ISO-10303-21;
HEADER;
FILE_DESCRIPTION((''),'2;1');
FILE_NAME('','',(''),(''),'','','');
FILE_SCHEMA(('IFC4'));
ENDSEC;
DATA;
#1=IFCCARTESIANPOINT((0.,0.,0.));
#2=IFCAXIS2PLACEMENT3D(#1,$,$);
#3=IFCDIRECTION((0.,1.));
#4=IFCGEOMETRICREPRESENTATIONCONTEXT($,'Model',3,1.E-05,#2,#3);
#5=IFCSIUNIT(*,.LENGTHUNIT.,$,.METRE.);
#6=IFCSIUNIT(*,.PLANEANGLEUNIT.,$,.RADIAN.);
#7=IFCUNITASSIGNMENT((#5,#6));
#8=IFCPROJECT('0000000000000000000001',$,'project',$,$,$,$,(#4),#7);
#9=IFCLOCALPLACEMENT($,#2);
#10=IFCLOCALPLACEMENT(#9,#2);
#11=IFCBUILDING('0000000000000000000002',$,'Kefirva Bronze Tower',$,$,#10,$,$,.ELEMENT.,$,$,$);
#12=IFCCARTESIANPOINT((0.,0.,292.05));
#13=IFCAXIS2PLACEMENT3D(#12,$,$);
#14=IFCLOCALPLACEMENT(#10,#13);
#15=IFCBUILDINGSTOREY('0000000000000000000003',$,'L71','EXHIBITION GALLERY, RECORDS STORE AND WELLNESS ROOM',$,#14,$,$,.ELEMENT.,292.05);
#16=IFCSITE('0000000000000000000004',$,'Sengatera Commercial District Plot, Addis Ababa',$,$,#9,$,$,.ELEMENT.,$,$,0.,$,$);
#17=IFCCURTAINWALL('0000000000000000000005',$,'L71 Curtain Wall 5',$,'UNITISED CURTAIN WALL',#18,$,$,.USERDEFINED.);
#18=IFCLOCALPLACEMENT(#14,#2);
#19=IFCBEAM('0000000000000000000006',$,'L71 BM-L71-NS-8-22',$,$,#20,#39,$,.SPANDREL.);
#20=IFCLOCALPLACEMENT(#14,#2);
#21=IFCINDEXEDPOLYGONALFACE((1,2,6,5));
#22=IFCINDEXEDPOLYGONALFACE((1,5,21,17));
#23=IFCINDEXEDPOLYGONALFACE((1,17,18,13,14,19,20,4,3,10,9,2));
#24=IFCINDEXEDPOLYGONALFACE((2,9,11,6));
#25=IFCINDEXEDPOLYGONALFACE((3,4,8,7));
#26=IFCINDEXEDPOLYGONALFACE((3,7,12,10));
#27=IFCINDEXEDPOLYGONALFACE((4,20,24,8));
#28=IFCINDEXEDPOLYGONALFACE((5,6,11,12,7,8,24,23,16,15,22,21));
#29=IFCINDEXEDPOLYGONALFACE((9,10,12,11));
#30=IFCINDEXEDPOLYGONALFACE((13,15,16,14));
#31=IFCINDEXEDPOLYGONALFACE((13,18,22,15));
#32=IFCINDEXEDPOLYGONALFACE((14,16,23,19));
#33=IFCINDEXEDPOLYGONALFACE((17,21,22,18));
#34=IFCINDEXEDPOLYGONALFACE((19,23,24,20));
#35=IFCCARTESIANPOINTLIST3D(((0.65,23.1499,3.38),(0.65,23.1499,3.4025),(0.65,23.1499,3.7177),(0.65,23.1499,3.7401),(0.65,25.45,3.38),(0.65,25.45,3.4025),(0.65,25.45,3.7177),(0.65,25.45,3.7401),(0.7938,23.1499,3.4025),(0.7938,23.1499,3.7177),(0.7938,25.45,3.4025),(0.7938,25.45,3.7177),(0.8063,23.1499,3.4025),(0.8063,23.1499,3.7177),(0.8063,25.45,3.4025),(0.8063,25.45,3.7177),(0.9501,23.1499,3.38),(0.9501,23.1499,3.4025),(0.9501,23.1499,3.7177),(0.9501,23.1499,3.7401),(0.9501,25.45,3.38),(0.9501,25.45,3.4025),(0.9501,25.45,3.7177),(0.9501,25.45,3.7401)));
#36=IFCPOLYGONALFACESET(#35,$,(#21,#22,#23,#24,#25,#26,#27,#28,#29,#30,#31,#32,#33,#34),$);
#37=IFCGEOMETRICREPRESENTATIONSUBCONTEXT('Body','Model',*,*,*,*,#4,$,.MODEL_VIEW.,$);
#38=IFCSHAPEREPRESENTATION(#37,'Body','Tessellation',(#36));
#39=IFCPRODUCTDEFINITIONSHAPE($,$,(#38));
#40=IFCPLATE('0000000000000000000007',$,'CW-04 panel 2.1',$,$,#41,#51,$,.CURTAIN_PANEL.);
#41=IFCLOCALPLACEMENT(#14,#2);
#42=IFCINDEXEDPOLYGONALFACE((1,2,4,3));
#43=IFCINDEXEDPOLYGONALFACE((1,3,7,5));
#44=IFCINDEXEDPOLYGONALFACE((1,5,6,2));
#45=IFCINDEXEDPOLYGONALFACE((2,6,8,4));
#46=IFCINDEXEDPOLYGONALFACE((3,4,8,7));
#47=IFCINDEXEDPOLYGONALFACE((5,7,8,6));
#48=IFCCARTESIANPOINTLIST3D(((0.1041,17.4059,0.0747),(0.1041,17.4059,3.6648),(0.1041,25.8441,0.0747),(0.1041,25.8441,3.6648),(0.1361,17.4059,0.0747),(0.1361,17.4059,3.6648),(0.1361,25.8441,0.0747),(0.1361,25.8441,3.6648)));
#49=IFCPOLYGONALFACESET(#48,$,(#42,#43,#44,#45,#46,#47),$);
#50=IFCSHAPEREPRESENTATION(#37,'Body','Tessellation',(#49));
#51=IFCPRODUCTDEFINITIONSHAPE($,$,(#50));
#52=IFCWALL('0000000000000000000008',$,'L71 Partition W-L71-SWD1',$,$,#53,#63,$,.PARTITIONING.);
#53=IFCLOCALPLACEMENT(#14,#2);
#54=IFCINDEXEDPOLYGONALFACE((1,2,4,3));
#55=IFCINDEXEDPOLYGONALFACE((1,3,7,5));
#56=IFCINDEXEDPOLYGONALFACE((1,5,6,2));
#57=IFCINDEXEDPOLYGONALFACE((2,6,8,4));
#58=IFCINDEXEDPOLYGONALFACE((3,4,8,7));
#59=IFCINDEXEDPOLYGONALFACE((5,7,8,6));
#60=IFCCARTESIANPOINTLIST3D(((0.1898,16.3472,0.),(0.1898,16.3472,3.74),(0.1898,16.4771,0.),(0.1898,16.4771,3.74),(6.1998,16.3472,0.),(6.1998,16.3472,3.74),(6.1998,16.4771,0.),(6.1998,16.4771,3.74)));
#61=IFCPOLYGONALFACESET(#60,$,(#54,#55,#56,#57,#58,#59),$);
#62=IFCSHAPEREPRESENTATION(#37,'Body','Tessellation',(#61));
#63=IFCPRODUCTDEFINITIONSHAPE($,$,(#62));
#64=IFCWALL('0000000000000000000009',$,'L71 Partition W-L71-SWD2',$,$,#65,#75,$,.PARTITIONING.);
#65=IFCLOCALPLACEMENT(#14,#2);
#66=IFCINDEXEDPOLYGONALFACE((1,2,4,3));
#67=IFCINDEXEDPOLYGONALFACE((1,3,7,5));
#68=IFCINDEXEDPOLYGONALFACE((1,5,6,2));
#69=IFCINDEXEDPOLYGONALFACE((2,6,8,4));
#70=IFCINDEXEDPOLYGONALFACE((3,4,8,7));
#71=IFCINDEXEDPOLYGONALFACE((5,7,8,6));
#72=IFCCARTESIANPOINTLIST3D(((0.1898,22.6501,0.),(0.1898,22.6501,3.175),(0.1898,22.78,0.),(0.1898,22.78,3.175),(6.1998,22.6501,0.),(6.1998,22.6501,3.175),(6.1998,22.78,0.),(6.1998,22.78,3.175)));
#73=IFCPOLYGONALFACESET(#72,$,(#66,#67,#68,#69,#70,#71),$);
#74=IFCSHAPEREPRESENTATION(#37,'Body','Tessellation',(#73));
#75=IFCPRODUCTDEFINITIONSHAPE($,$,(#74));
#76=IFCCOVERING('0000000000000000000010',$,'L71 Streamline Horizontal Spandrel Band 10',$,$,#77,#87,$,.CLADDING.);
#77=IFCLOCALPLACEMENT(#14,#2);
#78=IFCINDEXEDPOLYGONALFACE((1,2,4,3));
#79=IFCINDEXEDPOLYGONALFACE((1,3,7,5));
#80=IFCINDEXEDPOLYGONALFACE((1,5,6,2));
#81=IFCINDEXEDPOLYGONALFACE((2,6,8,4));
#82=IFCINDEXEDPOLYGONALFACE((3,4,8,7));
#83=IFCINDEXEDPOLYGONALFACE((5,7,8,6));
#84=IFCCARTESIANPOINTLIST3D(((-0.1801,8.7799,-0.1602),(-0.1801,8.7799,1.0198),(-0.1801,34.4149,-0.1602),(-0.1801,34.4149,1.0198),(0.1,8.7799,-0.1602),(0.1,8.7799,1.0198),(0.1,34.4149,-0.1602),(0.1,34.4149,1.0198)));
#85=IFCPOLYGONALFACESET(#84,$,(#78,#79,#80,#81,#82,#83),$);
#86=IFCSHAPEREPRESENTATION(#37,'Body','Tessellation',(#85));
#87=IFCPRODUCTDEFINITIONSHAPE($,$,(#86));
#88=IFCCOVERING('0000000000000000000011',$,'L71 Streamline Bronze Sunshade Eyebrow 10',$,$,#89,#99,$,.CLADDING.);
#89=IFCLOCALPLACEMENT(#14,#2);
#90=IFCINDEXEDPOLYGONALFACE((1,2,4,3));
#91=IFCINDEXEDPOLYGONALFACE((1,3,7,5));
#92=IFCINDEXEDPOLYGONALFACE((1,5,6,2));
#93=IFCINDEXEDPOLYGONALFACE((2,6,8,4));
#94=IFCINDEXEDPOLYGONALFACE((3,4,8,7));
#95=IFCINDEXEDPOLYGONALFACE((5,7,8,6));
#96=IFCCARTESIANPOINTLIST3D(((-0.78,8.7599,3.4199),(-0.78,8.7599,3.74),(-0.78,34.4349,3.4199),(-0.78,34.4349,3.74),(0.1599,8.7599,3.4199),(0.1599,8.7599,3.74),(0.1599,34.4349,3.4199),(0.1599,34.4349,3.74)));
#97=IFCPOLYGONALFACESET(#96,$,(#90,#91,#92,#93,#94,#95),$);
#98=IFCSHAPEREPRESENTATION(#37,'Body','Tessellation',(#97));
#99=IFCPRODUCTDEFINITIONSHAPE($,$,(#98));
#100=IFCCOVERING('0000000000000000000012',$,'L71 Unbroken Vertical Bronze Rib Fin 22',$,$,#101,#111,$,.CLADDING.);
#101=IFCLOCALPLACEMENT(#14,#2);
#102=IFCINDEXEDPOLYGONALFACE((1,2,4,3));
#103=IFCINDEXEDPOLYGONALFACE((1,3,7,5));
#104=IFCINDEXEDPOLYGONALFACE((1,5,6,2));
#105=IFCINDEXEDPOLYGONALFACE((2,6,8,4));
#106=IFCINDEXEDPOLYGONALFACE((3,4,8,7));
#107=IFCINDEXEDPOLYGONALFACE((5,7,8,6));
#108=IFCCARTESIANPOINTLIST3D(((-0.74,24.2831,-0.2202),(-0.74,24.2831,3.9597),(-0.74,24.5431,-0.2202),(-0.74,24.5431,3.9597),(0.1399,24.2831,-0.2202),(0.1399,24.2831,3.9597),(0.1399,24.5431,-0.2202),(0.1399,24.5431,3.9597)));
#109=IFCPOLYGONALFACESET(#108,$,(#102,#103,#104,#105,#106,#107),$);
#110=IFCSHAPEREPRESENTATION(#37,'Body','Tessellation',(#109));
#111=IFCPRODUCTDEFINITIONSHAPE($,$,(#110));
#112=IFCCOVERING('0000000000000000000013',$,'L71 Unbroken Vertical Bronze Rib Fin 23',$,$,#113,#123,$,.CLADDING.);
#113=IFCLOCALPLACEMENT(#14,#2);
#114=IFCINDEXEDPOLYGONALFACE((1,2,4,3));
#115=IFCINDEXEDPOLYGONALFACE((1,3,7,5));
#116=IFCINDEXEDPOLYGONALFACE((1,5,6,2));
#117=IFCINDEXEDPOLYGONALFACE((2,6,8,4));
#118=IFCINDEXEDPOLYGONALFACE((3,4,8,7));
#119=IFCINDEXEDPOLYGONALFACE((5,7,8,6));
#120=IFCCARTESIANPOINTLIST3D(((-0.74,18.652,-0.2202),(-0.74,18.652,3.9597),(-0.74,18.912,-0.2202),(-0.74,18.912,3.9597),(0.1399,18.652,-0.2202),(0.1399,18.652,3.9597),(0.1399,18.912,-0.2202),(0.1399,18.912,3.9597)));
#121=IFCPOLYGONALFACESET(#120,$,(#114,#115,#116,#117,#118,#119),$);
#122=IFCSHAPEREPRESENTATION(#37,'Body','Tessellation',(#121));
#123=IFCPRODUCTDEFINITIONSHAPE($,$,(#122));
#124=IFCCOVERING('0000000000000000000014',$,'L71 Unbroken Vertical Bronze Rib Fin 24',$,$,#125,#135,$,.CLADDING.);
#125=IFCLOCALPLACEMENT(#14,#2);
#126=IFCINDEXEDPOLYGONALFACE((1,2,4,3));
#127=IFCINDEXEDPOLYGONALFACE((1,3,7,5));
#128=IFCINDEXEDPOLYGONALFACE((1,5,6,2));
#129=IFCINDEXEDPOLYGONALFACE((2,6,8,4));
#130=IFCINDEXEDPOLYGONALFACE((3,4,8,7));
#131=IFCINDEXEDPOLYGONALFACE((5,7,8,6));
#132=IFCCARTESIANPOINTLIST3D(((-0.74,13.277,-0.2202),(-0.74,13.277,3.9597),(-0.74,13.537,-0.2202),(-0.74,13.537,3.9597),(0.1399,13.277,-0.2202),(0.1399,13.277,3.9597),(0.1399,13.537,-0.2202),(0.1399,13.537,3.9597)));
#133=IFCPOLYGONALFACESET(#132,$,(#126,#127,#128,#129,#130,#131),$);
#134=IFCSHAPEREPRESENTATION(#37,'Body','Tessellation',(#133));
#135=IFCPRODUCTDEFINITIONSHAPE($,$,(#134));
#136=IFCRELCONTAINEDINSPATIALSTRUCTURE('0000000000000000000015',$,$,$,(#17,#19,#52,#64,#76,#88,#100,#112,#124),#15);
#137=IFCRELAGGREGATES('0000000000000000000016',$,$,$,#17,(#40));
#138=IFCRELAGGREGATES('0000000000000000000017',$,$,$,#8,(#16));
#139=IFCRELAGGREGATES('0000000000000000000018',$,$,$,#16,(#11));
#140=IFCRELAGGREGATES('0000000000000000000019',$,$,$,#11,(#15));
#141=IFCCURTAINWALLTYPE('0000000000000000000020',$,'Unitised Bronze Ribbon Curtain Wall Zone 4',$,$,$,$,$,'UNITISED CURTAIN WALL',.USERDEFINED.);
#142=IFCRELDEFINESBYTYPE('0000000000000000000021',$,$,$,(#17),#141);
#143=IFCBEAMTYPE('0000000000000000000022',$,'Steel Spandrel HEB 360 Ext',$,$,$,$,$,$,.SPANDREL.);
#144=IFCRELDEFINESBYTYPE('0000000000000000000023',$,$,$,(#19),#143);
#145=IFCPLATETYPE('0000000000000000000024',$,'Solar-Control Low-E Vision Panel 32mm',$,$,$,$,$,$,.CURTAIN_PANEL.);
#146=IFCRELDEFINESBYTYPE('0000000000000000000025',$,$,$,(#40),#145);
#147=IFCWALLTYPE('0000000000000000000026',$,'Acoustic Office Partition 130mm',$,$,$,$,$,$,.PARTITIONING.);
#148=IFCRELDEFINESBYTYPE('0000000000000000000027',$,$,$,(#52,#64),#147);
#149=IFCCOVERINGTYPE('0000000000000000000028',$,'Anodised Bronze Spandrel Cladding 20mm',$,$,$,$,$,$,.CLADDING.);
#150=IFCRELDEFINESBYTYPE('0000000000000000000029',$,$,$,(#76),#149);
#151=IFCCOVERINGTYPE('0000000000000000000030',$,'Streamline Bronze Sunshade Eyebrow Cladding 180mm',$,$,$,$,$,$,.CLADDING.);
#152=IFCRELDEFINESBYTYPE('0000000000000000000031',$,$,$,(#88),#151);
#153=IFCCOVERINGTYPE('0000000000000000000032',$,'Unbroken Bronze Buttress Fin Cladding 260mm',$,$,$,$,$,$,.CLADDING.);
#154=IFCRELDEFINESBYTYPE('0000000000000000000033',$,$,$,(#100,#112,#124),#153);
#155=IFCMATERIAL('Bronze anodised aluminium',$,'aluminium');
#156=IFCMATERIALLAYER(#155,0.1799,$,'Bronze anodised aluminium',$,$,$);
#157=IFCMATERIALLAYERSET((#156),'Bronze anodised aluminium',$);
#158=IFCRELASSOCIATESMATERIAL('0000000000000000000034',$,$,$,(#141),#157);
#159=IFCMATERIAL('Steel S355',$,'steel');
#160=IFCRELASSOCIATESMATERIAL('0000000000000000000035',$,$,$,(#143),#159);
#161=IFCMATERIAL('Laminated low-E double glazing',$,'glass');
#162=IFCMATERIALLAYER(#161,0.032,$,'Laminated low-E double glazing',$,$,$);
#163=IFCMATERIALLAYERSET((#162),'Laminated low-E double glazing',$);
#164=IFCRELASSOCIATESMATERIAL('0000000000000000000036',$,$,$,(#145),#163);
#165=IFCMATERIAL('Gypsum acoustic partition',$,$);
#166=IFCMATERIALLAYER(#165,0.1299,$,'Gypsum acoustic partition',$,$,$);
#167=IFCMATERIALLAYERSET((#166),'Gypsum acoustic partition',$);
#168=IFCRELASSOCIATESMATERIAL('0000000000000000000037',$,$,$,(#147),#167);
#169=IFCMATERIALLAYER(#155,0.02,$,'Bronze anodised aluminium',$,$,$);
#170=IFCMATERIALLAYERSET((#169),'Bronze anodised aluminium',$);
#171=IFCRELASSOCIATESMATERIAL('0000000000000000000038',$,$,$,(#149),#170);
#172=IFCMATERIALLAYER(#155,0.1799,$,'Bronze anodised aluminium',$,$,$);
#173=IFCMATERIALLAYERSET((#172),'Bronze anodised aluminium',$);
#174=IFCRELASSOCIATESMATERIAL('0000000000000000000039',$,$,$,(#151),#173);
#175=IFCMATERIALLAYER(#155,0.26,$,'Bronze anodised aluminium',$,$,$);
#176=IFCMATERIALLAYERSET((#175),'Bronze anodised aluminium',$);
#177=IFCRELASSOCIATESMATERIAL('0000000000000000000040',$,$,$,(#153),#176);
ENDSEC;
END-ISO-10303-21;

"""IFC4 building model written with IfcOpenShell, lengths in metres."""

from ifc_helpers import new_model, si_unit, direction, frame, frame_2d, origin, origin_2d, place, context, subcontext, project, spatial, rectangle, i_section, extrude, material, layer, layer_set, material_profile, profile_set, type_object, element, aggregate, save


model = new_model("IFC4")

# Units and contexts
model_context = context("Model", 3, precision=1e-05, world=origin(), true_north=direction((0.0, 1.0)))
body_context = subcontext(model_context, "Body", "Model", "MODEL_VIEW")
ifc_project = project(units=[si_unit("LENGTHUNIT", "METRE"), si_unit("PLANEANGLEUNIT", "RADIAN")], contexts=[model_context])

# Site, building, storey
site_placement = place(None, origin())
site = spatial("IfcSite", under=ifc_project, at=site_placement, Name="Sengatera Commercial District Plot, Addis Ababa", CompositionType="ELEMENT", RefElevation=0.0)
building_placement = place(site_placement, origin())
building = spatial("IfcBuilding", under=site, at=building_placement, Name="Kefirva Bronze Tower", CompositionType="ELEMENT")
storey_placement = place(building_placement, frame((0.0, 0.0, 292.05)))
storey = spatial("IfcBuildingStorey", under=building, at=storey_placement, Name="L71", Description="EXHIBITION GALLERY, RECORDS STORE AND WELLNESS ROOM", CompositionType="ELEMENT", Elevation=292.05)

# Curtain wall
ifc_material_1 = material(Name="Bronze anodised aluminium", Category="aluminium")
ifc_layer_1 = layer(ifc_material_1, 0.1799, Name="Bronze anodised aluminium")
ifc_layer_set_1 = layer_set([ifc_layer_1], Name="Bronze anodised aluminium")
curtain_wall_type = type_object("IfcCurtainWallType", Name="Unitised Bronze Ribbon Curtain Wall Zone 4", ElementType="UNITISED CURTAIN WALL", PredefinedType="USERDEFINED", material=ifc_layer_set_1)
curtain_wall_placement = place(storey_placement, origin())
curtain_wall = element("IfcCurtainWall", 1, at=curtain_wall_placement, inside=storey, type_object=curtain_wall_type, Name="L71 Curtain Wall 5", ObjectType="UNITISED CURTAIN WALL", PredefinedType="USERDEFINED")

# Beam
ifc_material_2 = material(Name="Steel S355", Category="steel")
ifc_material_profile_1 = material_profile(ifc_material_2, i_section(OverallWidth=0.3, OverallDepth=0.3601, WebThickness=0.0125, FlangeThickness=0.0225, at=origin_2d()), Name="HEB 360")
ifc_profile_set_1 = profile_set([ifc_material_profile_1], Name="Steel S355")
beam_type_1 = type_object("IfcBeamType", Name="Steel Spandrel HEB 360 Ext", PredefinedType="SPANDREL", material=ifc_profile_set_1)
beam_1_placement = place(storey_placement, frame((0.8, 23.1499, 3.5601), z_axis=(0.0, 1.0, 0.0), x_axis=(-1.0, 0.0, 0.0)))
element("IfcBeam", 2, at=beam_1_placement, inside=storey, type_object=beam_type_1, Name="L71 BM-L71-NS-8-22", PredefinedType="SPANDREL", context=body_context, shape_type="SweptSolid", body=[
    extrude(i_section(OverallWidth=0.3, OverallDepth=0.3601, WebThickness=0.0125, FlangeThickness=0.0225, at=origin_2d()), origin(), (0.0, 0.0, 1.0), 2.3),
])

# Plate
ifc_material_3 = material(Name="Laminated low-E double glazing", Category="glass")
ifc_layer_2 = layer(ifc_material_3, 0.032, Name="Laminated low-E double glazing")
ifc_layer_set_2 = layer_set([ifc_layer_2], Name="Laminated low-E double glazing")
plate_type = type_object("IfcPlateType", Name="Solar-Control Low-E Vision Panel 32mm", PredefinedType="CURTAIN_PANEL", material=ifc_layer_set_2)
plate_placement = place(storey_placement, frame((0.1201, 21.625, 0.0747), z_axis=(0.0, 0.0, 1.0), x_axis=(0.0, -1.0, 0.0)))
plate = element("IfcPlate", 3, at=plate_placement, type_object=plate_type, Name="CW-04 panel 2.1", PredefinedType="CURTAIN_PANEL", context=body_context, shape_type="SweptSolid", body=[
    extrude(rectangle(XDim=8.4382, YDim=0.032, at=origin_2d()), origin(), (0.0, 0.0, 1.0), 3.5901),
])
aggregate(curtain_wall, [plate])

# Walls
ifc_material_4 = material(Name="Gypsum acoustic partition")
ifc_layer_3 = layer(ifc_material_4, 0.1299, Name="Gypsum acoustic partition")
ifc_layer_set_3 = layer_set([ifc_layer_3], Name="Gypsum acoustic partition")
wall_type = type_object("IfcWallType", Name="Acoustic Office Partition 130mm", PredefinedType="PARTITIONING", material=ifc_layer_set_3)
wall_1_placement = place(storey_placement, frame((0.1899, 16.4121, 0.0), z_axis=(0.0, 0.0, 1.0), x_axis=(1.0, 0.0, 0.0)))
element("IfcWall", 4, at=wall_1_placement, inside=storey, type_object=wall_type, Name="L71 Partition W-L71-SWD1", PredefinedType="PARTITIONING", context=body_context, shape_type="SweptSolid", body=[
    extrude(rectangle(XDim=6.01, YDim=0.1299, at=frame_2d((3.0049, 0.0))), origin(), (0.0, 0.0, 1.0), 3.74),
])
wall_2_placement = place(storey_placement, frame((0.1899, 22.7151, 0.0), z_axis=(0.0, 0.0, 1.0), x_axis=(1.0, 0.0, 0.0)))
element("IfcWall", 5, at=wall_2_placement, inside=storey, type_object=wall_type, Name="L71 Partition W-L71-SWD2", PredefinedType="PARTITIONING", context=body_context, shape_type="SweptSolid", body=[
    extrude(rectangle(XDim=6.01, YDim=0.1299, at=frame_2d((3.0049, 0.0))), origin(), (0.0, 0.0, 1.0), 3.175),
])

# Coverings
ifc_layer_4 = layer(ifc_material_1, 0.02, Name="Bronze anodised aluminium")
ifc_layer_set_4 = layer_set([ifc_layer_4], Name="Bronze anodised aluminium")
covering_type_1 = type_object("IfcCoveringType", Name="Anodised Bronze Spandrel Cladding 20mm", PredefinedType="CLADDING", material=ifc_layer_set_4)
covering_1_placement = place(storey_placement, frame((-0.04, 21.5974, -0.1602), z_axis=(0.0, 0.0, 1.0), x_axis=(0.0, -1.0, 0.0)))
element("IfcCovering", 6, at=covering_1_placement, inside=storey, type_object=covering_type_1, Name="L71 Streamline Horizontal Spandrel Band 10", PredefinedType="CLADDING", context=body_context, shape_type="SweptSolid", body=[
    extrude(rectangle(XDim=25.635, YDim=0.28, at=origin_2d()), origin(), (0.0, 0.0, 1.0), 1.1799),
])
ifc_layer_5 = layer(ifc_material_1, 0.1799, Name="Bronze anodised aluminium")
ifc_layer_set_5 = layer_set([ifc_layer_5], Name="Bronze anodised aluminium")
covering_type_2 = type_object("IfcCoveringType", Name="Streamline Bronze Sunshade Eyebrow Cladding 180mm", PredefinedType="CLADDING", material=ifc_layer_set_5)
covering_2_placement = place(storey_placement, frame((-0.3101, 21.5974, 3.4199), z_axis=(0.0, 0.0, 1.0), x_axis=(0.0, -1.0, 0.0)))
element("IfcCovering", 7, at=covering_2_placement, inside=storey, type_object=covering_type_2, Name="L71 Streamline Bronze Sunshade Eyebrow 10", PredefinedType="CLADDING", context=body_context, shape_type="SweptSolid", body=[
    extrude(rectangle(XDim=25.675, YDim=0.9399, at=origin_2d()), origin(), (0.0, 0.0, 1.0), 0.3201),
])
ifc_layer_6 = layer(ifc_material_1, 0.26, Name="Bronze anodised aluminium")
ifc_layer_set_6 = layer_set([ifc_layer_6], Name="Bronze anodised aluminium")
covering_type_3 = type_object("IfcCoveringType", Name="Unbroken Bronze Buttress Fin Cladding 260mm", PredefinedType="CLADDING", material=ifc_layer_set_6)
for number, where, z_axis, x_axis, name in (
    (8, (-0.3, 24.4131, -0.2202), (0.0, 0.0, 1.0), (0.0, -1.0, 0.0), "L71 Unbroken Vertical Bronze Rib Fin 22"),
    (9, (-0.3, 18.782, -0.2202), (0.0, 0.0, 1.0), (0.0, -1.0, 0.0), "L71 Unbroken Vertical Bronze Rib Fin 23"),
    (10, (-0.3, 13.407, -0.2202), (0.0, 0.0, 1.0), (0.0, -1.0, 0.0), "L71 Unbroken Vertical Bronze Rib Fin 24"),
):
    element("IfcCovering", number, at=place(storey_placement, frame(where, z_axis=z_axis, x_axis=x_axis)), inside=storey, type_object=covering_type_3, Name=name, PredefinedType="CLADDING", context=body_context, shape_type="SweptSolid", body=[
        extrude(rectangle(XDim=0.26, YDim=0.8799, at=origin_2d()), origin(), (0.0, 0.0, 1.0), 4.1799),
    ])

save(model, "model.ifc")
